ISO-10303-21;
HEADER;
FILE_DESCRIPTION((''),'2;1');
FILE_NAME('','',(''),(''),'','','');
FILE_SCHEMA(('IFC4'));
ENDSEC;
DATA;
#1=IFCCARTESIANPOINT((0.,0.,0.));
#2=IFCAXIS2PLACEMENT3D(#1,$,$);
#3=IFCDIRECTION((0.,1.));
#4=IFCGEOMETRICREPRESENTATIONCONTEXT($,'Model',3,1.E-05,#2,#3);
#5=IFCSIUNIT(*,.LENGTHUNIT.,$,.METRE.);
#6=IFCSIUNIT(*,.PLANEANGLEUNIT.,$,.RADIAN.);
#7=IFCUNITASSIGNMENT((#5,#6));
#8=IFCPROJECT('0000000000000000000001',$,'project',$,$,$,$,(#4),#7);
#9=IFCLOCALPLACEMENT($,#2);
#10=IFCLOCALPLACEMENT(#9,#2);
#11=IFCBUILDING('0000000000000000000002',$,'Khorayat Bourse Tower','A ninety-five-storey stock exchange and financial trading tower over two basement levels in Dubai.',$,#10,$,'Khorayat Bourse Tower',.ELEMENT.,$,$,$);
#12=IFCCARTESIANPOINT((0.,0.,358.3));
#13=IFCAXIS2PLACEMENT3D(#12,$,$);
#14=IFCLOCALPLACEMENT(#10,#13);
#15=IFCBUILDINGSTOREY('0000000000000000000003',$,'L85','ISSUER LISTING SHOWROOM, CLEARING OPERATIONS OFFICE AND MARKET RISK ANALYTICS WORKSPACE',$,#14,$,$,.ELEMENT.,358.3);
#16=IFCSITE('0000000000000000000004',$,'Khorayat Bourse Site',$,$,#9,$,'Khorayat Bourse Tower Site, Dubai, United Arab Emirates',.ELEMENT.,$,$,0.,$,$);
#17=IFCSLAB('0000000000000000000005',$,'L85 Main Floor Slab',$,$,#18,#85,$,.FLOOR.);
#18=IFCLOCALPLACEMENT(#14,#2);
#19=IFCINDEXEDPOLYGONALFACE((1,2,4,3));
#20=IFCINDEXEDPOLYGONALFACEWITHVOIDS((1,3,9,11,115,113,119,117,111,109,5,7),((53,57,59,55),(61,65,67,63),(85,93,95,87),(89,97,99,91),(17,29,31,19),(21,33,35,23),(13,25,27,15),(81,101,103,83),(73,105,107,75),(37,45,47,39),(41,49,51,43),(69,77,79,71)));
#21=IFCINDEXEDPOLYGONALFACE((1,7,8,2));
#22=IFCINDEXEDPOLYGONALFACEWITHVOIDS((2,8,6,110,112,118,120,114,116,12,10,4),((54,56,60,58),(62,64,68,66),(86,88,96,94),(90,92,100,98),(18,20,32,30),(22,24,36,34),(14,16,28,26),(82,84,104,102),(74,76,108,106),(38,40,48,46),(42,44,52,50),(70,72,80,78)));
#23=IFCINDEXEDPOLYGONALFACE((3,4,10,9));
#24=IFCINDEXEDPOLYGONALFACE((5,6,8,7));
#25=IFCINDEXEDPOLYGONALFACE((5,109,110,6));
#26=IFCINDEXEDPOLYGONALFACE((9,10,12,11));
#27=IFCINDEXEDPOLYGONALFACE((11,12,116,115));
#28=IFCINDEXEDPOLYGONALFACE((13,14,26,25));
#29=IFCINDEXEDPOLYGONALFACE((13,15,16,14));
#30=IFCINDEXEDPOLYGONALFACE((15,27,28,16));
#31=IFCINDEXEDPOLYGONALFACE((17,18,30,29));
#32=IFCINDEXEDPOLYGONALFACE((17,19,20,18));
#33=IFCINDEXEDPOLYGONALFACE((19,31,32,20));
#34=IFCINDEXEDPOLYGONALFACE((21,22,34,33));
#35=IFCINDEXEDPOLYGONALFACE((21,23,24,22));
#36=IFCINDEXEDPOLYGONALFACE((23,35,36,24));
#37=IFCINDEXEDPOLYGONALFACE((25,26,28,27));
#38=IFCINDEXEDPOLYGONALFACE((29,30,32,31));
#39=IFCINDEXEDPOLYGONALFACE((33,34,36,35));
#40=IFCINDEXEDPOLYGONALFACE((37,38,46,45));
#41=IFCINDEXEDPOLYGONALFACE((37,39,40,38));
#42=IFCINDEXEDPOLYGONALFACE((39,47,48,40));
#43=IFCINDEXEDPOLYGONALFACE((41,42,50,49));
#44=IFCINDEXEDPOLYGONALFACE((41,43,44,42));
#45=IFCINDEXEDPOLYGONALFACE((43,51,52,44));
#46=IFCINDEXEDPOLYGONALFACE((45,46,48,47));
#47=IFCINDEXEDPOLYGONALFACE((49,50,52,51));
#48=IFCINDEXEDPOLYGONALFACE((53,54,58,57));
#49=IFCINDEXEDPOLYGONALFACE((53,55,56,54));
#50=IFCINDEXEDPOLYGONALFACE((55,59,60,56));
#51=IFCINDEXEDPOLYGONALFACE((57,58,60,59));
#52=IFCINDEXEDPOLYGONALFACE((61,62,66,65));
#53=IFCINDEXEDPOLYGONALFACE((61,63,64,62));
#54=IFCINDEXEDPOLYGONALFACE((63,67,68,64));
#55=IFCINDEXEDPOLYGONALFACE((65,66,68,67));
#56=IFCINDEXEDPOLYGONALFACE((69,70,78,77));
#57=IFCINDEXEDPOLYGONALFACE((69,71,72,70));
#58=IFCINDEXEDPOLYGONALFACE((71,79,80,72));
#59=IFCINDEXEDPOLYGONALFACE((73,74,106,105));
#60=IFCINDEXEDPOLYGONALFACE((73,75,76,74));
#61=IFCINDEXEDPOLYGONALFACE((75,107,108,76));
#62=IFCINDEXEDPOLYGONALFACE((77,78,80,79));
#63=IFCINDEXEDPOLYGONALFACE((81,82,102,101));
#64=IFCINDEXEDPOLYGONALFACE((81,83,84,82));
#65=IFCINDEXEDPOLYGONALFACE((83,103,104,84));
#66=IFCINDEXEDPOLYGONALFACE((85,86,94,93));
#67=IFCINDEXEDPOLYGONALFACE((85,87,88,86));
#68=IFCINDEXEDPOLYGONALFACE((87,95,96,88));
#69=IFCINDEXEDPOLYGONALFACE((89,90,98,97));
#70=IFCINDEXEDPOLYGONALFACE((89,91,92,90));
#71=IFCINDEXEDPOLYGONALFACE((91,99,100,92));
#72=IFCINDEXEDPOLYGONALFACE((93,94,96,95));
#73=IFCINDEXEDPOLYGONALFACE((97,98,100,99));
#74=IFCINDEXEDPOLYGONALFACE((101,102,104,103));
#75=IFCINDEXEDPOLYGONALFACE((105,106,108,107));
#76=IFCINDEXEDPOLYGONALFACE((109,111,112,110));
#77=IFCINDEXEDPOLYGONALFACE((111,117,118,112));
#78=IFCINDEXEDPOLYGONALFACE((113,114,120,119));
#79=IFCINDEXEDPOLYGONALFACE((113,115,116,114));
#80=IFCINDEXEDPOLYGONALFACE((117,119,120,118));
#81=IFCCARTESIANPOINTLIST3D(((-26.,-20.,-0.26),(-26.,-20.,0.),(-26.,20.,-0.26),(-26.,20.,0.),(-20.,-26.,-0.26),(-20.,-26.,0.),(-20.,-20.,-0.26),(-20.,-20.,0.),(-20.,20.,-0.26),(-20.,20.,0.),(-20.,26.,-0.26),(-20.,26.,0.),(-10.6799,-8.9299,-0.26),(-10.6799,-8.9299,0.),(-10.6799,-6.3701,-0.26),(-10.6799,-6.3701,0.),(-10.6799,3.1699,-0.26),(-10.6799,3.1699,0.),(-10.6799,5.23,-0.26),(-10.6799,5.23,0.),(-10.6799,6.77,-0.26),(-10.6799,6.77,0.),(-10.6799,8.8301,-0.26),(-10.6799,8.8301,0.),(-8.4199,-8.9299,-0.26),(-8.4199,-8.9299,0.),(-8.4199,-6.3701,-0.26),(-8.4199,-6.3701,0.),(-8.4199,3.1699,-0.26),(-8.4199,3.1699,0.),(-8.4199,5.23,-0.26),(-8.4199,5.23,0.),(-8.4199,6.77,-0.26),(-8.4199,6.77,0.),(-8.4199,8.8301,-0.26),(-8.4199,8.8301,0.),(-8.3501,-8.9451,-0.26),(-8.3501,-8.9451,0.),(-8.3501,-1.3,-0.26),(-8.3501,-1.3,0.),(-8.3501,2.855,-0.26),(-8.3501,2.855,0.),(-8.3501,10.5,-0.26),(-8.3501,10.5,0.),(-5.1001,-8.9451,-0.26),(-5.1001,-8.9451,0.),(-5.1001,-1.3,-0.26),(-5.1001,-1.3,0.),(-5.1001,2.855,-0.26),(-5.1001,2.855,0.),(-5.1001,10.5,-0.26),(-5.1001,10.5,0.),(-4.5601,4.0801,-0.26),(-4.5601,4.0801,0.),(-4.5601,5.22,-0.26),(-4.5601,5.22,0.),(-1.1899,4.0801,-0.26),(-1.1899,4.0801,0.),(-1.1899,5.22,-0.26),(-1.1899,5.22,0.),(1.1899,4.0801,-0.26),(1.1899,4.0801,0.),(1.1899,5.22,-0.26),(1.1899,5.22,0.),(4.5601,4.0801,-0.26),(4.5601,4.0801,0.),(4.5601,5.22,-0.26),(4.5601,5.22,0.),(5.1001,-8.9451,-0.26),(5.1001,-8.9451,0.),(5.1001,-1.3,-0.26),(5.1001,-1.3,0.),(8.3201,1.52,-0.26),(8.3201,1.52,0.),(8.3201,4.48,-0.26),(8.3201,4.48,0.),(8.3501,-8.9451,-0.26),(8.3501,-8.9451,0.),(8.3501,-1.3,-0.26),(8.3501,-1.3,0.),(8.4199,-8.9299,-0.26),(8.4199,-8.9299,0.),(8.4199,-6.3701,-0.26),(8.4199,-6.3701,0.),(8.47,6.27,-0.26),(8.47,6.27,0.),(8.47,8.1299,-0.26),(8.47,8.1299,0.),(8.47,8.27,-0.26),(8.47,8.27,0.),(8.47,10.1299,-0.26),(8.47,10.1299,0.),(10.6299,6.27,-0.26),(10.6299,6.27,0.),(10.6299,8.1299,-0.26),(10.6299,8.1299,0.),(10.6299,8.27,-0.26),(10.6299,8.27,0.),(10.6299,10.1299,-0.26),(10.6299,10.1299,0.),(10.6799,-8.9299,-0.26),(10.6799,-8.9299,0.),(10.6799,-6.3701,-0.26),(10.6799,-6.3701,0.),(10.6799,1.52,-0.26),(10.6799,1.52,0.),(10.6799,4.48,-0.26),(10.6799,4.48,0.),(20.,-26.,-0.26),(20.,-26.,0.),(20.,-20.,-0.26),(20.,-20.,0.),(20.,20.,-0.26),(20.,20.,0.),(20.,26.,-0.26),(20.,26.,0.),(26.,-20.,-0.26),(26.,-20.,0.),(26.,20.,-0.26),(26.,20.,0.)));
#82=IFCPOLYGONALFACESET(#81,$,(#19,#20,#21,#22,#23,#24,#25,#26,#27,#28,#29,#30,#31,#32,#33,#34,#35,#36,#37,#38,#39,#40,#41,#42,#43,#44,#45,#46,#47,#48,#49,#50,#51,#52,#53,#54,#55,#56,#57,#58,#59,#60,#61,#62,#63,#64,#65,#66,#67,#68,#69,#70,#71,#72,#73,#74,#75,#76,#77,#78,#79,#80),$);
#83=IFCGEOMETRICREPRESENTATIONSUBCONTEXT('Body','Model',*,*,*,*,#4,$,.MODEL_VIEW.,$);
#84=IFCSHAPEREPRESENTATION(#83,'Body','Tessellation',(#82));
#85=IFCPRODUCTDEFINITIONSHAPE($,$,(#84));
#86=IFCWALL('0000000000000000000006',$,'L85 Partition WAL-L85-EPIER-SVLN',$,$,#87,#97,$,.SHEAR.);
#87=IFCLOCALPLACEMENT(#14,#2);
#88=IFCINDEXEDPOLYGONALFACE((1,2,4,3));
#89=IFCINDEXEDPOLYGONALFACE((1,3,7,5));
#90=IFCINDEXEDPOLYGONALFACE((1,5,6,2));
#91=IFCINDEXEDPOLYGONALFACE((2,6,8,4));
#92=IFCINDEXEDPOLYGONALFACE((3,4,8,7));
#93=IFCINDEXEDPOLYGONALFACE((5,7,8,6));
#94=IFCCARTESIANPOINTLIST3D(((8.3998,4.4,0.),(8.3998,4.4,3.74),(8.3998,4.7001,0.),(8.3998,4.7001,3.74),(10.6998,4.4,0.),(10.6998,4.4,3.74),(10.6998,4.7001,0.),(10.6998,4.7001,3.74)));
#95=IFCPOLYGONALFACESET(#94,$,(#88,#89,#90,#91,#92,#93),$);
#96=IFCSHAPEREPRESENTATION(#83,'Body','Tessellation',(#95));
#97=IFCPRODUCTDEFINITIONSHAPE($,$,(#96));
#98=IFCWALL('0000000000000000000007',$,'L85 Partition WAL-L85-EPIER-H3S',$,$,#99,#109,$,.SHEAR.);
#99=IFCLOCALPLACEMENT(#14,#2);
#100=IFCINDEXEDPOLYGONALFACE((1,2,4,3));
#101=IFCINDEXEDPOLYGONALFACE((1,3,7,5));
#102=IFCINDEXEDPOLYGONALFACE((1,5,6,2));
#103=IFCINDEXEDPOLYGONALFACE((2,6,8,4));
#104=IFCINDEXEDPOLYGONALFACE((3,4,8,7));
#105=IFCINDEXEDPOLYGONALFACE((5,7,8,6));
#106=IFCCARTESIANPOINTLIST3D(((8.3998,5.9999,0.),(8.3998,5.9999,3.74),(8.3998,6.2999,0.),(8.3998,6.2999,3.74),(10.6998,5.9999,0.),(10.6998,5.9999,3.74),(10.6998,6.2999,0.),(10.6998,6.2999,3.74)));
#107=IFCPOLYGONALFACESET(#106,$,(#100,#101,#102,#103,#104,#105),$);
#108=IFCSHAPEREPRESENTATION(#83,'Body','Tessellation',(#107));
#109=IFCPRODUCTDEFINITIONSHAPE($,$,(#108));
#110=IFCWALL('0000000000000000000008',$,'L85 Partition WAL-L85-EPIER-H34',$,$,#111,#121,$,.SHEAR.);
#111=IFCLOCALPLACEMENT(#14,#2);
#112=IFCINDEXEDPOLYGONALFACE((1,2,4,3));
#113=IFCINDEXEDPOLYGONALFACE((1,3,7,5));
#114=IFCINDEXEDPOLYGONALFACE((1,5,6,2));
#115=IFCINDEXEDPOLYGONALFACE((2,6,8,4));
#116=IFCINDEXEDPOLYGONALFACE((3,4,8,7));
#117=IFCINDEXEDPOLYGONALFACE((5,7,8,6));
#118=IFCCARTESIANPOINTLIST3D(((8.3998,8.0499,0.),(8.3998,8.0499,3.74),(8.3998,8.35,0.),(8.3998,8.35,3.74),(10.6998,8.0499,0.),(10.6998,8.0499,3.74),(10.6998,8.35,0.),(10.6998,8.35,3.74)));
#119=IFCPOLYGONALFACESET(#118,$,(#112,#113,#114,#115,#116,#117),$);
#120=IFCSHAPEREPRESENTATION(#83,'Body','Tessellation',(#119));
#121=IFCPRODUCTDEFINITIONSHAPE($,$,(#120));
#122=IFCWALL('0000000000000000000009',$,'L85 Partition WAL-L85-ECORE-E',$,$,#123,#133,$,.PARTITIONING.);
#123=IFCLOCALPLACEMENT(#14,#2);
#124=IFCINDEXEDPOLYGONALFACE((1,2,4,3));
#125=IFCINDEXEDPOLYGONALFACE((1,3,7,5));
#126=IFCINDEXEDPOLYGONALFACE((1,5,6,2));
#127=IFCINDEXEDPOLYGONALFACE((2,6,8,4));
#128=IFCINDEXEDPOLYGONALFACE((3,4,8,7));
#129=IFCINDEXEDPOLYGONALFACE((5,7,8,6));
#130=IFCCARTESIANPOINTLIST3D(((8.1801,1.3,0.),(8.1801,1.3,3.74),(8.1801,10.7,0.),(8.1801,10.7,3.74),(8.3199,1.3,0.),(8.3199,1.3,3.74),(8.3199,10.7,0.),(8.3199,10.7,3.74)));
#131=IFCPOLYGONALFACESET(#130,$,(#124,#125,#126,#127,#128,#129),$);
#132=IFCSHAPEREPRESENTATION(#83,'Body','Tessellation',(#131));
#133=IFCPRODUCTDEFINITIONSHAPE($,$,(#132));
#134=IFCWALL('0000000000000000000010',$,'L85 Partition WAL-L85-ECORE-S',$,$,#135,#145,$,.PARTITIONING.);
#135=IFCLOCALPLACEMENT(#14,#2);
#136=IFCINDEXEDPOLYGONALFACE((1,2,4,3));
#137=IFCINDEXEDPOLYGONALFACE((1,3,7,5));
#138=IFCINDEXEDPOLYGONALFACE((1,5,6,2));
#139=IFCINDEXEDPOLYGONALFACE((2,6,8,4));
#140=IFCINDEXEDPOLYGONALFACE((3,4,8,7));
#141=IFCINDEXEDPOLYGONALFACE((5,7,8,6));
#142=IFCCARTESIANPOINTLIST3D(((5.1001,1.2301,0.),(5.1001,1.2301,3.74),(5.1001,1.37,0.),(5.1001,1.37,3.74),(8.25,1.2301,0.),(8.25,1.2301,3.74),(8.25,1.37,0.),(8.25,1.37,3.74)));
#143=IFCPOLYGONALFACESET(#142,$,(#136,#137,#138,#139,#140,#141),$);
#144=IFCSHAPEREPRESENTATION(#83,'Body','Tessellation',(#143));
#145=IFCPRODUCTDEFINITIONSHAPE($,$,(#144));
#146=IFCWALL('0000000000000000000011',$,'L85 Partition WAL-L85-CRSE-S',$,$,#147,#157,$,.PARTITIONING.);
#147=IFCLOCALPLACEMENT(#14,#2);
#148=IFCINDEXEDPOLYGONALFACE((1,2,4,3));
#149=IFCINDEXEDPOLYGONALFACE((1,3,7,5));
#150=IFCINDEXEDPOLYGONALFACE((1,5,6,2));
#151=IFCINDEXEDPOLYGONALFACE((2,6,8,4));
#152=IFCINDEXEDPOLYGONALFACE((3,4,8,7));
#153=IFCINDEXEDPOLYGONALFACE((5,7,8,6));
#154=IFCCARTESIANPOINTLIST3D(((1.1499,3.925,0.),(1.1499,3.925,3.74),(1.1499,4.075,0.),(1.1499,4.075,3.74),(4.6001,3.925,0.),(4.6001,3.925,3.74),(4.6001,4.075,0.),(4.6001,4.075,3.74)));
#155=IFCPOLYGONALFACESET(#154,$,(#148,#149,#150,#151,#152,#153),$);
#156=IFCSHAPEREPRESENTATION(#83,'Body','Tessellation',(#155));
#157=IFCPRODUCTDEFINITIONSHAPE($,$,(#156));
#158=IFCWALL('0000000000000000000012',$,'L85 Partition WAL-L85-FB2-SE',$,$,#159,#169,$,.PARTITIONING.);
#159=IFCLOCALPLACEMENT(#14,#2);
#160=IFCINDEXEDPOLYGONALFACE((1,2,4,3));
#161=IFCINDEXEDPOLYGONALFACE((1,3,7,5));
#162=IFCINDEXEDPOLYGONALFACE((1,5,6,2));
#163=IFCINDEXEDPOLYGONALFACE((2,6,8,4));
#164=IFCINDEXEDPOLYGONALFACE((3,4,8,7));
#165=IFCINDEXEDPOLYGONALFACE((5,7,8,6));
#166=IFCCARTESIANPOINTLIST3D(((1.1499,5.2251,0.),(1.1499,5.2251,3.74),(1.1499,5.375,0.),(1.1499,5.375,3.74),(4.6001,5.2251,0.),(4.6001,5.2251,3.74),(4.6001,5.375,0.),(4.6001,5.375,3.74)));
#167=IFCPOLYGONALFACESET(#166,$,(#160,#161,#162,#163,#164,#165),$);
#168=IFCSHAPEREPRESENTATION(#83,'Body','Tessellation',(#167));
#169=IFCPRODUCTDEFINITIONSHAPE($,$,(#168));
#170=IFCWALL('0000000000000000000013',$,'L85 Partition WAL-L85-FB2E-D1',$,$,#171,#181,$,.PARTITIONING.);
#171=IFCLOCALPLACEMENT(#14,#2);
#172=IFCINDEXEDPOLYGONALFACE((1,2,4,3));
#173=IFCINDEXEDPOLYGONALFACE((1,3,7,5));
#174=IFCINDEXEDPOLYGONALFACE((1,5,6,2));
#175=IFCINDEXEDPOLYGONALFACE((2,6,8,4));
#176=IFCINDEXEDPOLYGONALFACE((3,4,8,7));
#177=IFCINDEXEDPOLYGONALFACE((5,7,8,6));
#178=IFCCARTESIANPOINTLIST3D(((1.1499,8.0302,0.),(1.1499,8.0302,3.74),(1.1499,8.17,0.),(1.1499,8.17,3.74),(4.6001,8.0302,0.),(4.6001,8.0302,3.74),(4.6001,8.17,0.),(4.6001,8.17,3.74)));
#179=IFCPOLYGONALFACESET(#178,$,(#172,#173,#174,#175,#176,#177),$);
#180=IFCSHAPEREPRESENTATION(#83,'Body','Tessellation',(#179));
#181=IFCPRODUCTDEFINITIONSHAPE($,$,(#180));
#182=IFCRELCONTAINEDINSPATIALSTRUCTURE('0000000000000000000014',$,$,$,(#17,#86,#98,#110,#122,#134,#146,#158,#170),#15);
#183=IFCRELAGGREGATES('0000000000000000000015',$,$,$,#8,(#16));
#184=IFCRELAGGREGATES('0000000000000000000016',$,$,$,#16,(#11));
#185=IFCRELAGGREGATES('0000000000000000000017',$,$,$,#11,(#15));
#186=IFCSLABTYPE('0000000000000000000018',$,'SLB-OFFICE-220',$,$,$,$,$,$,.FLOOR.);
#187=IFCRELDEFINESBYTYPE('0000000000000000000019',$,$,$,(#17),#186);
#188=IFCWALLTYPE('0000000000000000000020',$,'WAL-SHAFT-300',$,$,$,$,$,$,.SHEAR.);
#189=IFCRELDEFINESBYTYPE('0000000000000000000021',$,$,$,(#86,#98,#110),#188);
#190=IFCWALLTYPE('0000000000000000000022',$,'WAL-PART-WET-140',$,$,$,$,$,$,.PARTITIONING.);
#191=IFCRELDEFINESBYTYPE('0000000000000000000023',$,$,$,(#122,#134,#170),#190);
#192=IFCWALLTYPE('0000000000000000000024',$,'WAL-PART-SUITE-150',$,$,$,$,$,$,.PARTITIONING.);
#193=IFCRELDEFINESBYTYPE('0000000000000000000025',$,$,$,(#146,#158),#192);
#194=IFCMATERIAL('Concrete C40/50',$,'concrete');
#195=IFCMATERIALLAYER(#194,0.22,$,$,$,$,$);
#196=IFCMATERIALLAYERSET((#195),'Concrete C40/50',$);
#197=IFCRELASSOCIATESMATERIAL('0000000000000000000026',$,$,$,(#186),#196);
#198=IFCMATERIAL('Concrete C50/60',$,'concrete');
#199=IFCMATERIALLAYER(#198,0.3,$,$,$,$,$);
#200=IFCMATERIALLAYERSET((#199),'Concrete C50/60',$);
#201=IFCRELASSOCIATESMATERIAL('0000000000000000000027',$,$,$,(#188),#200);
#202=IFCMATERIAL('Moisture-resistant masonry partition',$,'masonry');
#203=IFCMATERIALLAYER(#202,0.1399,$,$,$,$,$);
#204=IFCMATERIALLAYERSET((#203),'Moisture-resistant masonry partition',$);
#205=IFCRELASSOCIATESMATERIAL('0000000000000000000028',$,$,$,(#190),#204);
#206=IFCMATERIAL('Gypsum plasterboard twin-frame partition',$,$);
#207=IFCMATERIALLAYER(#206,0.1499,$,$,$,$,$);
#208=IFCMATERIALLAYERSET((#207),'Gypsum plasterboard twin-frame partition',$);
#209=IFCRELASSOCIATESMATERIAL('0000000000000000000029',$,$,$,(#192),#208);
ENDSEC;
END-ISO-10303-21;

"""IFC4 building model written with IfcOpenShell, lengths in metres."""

from ifc_helpers import new_model, si_unit, direction, frame, frame_2d, origin, place, context, subcontext, project, spatial, polyline, rectangle, outline, extrude, source, transform, mapped, material, layer, layer_set, type_object, element, save


model = new_model("IFC4")

# Units and contexts
model_context = context("Model", 3, precision=1e-05, world=origin(), true_north=direction((0.0, 1.0)))
body_context = subcontext(model_context, "Body", "Model", "MODEL_VIEW")
ifc_project = project(units=[si_unit("LENGTHUNIT", "METRE"), si_unit("PLANEANGLEUNIT", "RADIAN")], contexts=[model_context])

# Site, building, storey
site_placement = place(None, origin())
site = spatial("IfcSite", under=ifc_project, at=site_placement, Name="Khorayat Bourse Site", LongName="Khorayat Bourse Tower Site, Dubai, United Arab Emirates", CompositionType="ELEMENT", RefElevation=0.0)
building_placement = place(site_placement, origin())
building = spatial("IfcBuilding", under=site, at=building_placement, Name="Khorayat Bourse Tower", Description="A ninety-five-storey stock exchange and financial trading tower over two basement levels in Dubai.", LongName="Khorayat Bourse Tower", CompositionType="ELEMENT")
storey_placement = place(building_placement, frame((0.0, 0.0, 358.3)))
storey = spatial("IfcBuildingStorey", under=building, at=storey_placement, Name="L85", Description="ISSUER LISTING SHOWROOM, CLEARING OPERATIONS OFFICE AND MARKET RISK ANALYTICS WORKSPACE", CompositionType="ELEMENT", Elevation=358.3)

# Shared definitions
ifc_material_1 = material(Name="Concrete C40/50", Category="concrete")

# Slab
ifc_layer_1 = layer(ifc_material_1, 0.22)
ifc_layer_set_1 = layer_set([ifc_layer_1], Name="Concrete C40/50")
slab_type_1 = type_object("IfcSlabType", Name="SLB-OFFICE-220", PredefinedType="FLOOR", material=ifc_layer_set_1)
slab_1_placement = place(storey_placement, frame((0.0, 0.0, -0.26)))
element("IfcSlab", 1, at=slab_1_placement, inside=storey, type_object=slab_type_1, Name="L85 Main Floor Slab", PredefinedType="FLOOR", context=body_context, shape_type="SweptSolid", body=[
    extrude(outline(polyline([(-20.0, -26.0), (20.0, -26.0), (20.0, -20.0), (26.0, -20.0), (26.0, 20.0), (20.0, 20.0), (20.0, 26.0), (-20.0, 26.0), (-20.0, 20.0), (-26.0, 20.0), (-26.0, -20.0), (-20.0, -20.0), (-20.0, -26.0)]), holes=[polyline([(-8.3501, -8.9451), (-5.1001, -8.9451), (-5.1001, -1.3), (-8.3501, -1.3), (-8.3501, -8.9451)]), polyline([(-8.3501, 2.855), (-5.1001, 2.855), (-5.1001, 10.5), (-8.3501, 10.5), (-8.3501, 2.855)]), polyline([(5.1001, -8.9451), (8.3501, -8.9451), (8.3501, -1.3), (5.1001, -1.3), (5.1001, -8.9451)]), polyline([(-10.6799, 3.1699), (-8.4199, 3.1699), (-8.4199, 5.23), (-10.6799, 5.23), (-10.6799, 3.1699)]), polyline([(-10.6799, 6.77), (-8.4199, 6.77), (-8.4199, 8.8301), (-10.6799, 8.8301), (-10.6799, 6.77)]), polyline([(8.47, 6.27), (10.6299, 6.27), (10.6299, 8.1299), (8.47, 8.1299), (8.47, 6.27)]), polyline([(8.47, 8.27), (10.6299, 8.27), (10.6299, 10.1299), (8.47, 10.1299), (8.47, 8.27)]), polyline([(-10.6799, -8.9299), (-8.4199, -8.9299), (-8.4199, -6.3701), (-10.6799, -6.3701), (-10.6799, -8.9299)]), polyline([(8.4199, -8.9299), (10.6799, -8.9299), (10.6799, -6.3701), (8.4199, -6.3701), (8.4199, -8.9299)]), polyline([(8.3201, 1.52), (10.6799, 1.52), (10.6799, 4.48), (8.3201, 4.48), (8.3201, 1.52)]), polyline([(-4.5601, 4.0801), (-1.1899, 4.0801), (-1.1899, 5.22), (-4.5601, 5.22), (-4.5601, 4.0801)]), polyline([(1.1899, 4.0801), (4.5601, 4.0801), (4.5601, 5.22), (1.1899, 5.22), (1.1899, 4.0801)])]), origin(), (0.0, 0.0, 1.0), 0.26),
])

# Walls
ifc_material_2 = material(Name="Concrete C50/60", Category="concrete")
ifc_layer_2 = layer(ifc_material_2, 0.3)
ifc_layer_set_2 = layer_set([ifc_layer_2], Name="Concrete C50/60")
wall_type_1 = type_object("IfcWallType", Name="WAL-SHAFT-300", PredefinedType="SHEAR", material=ifc_layer_set_2)
shared_shape_1 = source(origin(), body_context, "Body", "SweptSolid", [
    extrude(rectangle(XDim=2.3, YDim=0.3, at=frame_2d((1.1499, 0.0))), origin(), (0.0, 0.0, 1.0), 3.74),
])
for number, where, z_axis, x_axis, name in (
    (2, (8.3999, 4.55, 0.0), (0.0, 0.0, 1.0), (1.0, 0.0, 0.0), "L85 Partition WAL-L85-EPIER-SVLN"),
    (3, (8.3999, 6.1499, 0.0), (0.0, 0.0, 1.0), (1.0, 0.0, 0.0), "L85 Partition WAL-L85-EPIER-H3S"),
    (4, (8.3999, 8.2, 0.0), (0.0, 0.0, 1.0), (1.0, 0.0, 0.0), "L85 Partition WAL-L85-EPIER-H34"),
):
    element("IfcWall", number, at=place(storey_placement, frame(where, z_axis=z_axis, x_axis=x_axis)), inside=storey, type_object=wall_type_1, Name=name, PredefinedType="SHEAR", context=body_context, shape_type="MappedRepresentation", body=[
        mapped(shared_shape_1, transform((0.0, 0.0, 0.0), scale=1.0)),
    ])
ifc_material_3 = material(Name="Moisture-resistant masonry partition", Category="masonry")
ifc_layer_3 = layer(ifc_material_3, 0.1399)
ifc_layer_set_3 = layer_set([ifc_layer_3], Name="Moisture-resistant masonry partition")
wall_type_2 = type_object("IfcWallType", Name="WAL-PART-WET-140", PredefinedType="PARTITIONING", material=ifc_layer_set_3)
shared_shape_2 = source(origin(), body_context, "Body", "SweptSolid", [
    extrude(rectangle(XDim=9.3999, YDim=0.1399, at=frame_2d((4.7, 0.0))), origin(), (0.0, 0.0, 1.0), 3.74),
])
wall_1_placement = place(storey_placement, frame((8.25, 1.3, 0.0), z_axis=(0.0, 0.0, 1.0), x_axis=(0.0, 1.0, 0.0)))
element("IfcWall", 5, at=wall_1_placement, inside=storey, type_object=wall_type_2, Name="L85 Partition WAL-L85-ECORE-E", PredefinedType="PARTITIONING", context=body_context, shape_type="MappedRepresentation", body=[
    mapped(shared_shape_2, transform((0.0, 0.0, 0.0), scale=1.0)),
])
shared_shape_3 = source(origin(), body_context, "Body", "SweptSolid", [
    extrude(rectangle(XDim=3.1499, YDim=0.1399, at=frame_2d((1.575, 0.0))), origin(), (0.0, 0.0, 1.0), 3.74),
])
wall_2_placement = place(storey_placement, frame((5.1001, 1.3, 0.0), z_axis=(0.0, 0.0, 1.0), x_axis=(1.0, 0.0, 0.0)))
element("IfcWall", 6, at=wall_2_placement, inside=storey, type_object=wall_type_2, Name="L85 Partition WAL-L85-ECORE-S", PredefinedType="PARTITIONING", context=body_context, shape_type="MappedRepresentation", body=[
    mapped(shared_shape_3, transform((0.0, 0.0, 0.0), scale=1.0)),
])

# Walls
ifc_material_4 = material(Name="Gypsum plasterboard twin-frame partition")
ifc_layer_4 = layer(ifc_material_4, 0.1499)
ifc_layer_set_4 = layer_set([ifc_layer_4], Name="Gypsum plasterboard twin-frame partition")
wall_type_3 = type_object("IfcWallType", Name="WAL-PART-SUITE-150", PredefinedType="PARTITIONING", material=ifc_layer_set_4)
shared_shape_4 = source(origin(), body_context, "Body", "SweptSolid", [
    extrude(rectangle(XDim=3.4502, YDim=0.1499, at=frame_2d((1.7251, 0.0))), origin(), (0.0, 0.0, 1.0), 3.74),
])
for number, where, z_axis, x_axis, name in (
    (7, (1.1499, 4.0, 0.0), (0.0, 0.0, 1.0), (1.0, 0.0, 0.0), "L85 Partition WAL-L85-CRSE-S"),
    (8, (1.1499, 5.3, 0.0), (0.0, 0.0, 1.0), (1.0, 0.0, 0.0), "L85 Partition WAL-L85-FB2-SE"),
):
    element("IfcWall", number, at=place(storey_placement, frame(where, z_axis=z_axis, x_axis=x_axis)), inside=storey, type_object=wall_type_3, Name=name, PredefinedType="PARTITIONING", context=body_context, shape_type="MappedRepresentation", body=[
        mapped(shared_shape_4, transform((0.0, 0.0, 0.0), scale=1.0)),
    ])
shared_shape_5 = source(origin(), body_context, "Body", "SweptSolid", [
    extrude(rectangle(XDim=3.4502, YDim=0.1399, at=frame_2d((1.7251, 0.0))), origin(), (0.0, 0.0, 1.0), 3.74),
])
for number, where, z_axis, x_axis, name in (
    (9, (1.1499, 8.1001, 0.0), (0.0, 0.0, 1.0), (1.0, 0.0, 0.0), "L85 Partition WAL-L85-FB2E-D1"),
):
    element("IfcWall", number, at=place(storey_placement, frame(where, z_axis=z_axis, x_axis=x_axis)), inside=storey, type_object=wall_type_2, Name=name, PredefinedType="PARTITIONING", context=body_context, shape_type="MappedRepresentation", body=[
        mapped(shared_shape_5, transform((0.0, 0.0, 0.0), scale=1.0)),
    ])

save(model, "model.ifc")
